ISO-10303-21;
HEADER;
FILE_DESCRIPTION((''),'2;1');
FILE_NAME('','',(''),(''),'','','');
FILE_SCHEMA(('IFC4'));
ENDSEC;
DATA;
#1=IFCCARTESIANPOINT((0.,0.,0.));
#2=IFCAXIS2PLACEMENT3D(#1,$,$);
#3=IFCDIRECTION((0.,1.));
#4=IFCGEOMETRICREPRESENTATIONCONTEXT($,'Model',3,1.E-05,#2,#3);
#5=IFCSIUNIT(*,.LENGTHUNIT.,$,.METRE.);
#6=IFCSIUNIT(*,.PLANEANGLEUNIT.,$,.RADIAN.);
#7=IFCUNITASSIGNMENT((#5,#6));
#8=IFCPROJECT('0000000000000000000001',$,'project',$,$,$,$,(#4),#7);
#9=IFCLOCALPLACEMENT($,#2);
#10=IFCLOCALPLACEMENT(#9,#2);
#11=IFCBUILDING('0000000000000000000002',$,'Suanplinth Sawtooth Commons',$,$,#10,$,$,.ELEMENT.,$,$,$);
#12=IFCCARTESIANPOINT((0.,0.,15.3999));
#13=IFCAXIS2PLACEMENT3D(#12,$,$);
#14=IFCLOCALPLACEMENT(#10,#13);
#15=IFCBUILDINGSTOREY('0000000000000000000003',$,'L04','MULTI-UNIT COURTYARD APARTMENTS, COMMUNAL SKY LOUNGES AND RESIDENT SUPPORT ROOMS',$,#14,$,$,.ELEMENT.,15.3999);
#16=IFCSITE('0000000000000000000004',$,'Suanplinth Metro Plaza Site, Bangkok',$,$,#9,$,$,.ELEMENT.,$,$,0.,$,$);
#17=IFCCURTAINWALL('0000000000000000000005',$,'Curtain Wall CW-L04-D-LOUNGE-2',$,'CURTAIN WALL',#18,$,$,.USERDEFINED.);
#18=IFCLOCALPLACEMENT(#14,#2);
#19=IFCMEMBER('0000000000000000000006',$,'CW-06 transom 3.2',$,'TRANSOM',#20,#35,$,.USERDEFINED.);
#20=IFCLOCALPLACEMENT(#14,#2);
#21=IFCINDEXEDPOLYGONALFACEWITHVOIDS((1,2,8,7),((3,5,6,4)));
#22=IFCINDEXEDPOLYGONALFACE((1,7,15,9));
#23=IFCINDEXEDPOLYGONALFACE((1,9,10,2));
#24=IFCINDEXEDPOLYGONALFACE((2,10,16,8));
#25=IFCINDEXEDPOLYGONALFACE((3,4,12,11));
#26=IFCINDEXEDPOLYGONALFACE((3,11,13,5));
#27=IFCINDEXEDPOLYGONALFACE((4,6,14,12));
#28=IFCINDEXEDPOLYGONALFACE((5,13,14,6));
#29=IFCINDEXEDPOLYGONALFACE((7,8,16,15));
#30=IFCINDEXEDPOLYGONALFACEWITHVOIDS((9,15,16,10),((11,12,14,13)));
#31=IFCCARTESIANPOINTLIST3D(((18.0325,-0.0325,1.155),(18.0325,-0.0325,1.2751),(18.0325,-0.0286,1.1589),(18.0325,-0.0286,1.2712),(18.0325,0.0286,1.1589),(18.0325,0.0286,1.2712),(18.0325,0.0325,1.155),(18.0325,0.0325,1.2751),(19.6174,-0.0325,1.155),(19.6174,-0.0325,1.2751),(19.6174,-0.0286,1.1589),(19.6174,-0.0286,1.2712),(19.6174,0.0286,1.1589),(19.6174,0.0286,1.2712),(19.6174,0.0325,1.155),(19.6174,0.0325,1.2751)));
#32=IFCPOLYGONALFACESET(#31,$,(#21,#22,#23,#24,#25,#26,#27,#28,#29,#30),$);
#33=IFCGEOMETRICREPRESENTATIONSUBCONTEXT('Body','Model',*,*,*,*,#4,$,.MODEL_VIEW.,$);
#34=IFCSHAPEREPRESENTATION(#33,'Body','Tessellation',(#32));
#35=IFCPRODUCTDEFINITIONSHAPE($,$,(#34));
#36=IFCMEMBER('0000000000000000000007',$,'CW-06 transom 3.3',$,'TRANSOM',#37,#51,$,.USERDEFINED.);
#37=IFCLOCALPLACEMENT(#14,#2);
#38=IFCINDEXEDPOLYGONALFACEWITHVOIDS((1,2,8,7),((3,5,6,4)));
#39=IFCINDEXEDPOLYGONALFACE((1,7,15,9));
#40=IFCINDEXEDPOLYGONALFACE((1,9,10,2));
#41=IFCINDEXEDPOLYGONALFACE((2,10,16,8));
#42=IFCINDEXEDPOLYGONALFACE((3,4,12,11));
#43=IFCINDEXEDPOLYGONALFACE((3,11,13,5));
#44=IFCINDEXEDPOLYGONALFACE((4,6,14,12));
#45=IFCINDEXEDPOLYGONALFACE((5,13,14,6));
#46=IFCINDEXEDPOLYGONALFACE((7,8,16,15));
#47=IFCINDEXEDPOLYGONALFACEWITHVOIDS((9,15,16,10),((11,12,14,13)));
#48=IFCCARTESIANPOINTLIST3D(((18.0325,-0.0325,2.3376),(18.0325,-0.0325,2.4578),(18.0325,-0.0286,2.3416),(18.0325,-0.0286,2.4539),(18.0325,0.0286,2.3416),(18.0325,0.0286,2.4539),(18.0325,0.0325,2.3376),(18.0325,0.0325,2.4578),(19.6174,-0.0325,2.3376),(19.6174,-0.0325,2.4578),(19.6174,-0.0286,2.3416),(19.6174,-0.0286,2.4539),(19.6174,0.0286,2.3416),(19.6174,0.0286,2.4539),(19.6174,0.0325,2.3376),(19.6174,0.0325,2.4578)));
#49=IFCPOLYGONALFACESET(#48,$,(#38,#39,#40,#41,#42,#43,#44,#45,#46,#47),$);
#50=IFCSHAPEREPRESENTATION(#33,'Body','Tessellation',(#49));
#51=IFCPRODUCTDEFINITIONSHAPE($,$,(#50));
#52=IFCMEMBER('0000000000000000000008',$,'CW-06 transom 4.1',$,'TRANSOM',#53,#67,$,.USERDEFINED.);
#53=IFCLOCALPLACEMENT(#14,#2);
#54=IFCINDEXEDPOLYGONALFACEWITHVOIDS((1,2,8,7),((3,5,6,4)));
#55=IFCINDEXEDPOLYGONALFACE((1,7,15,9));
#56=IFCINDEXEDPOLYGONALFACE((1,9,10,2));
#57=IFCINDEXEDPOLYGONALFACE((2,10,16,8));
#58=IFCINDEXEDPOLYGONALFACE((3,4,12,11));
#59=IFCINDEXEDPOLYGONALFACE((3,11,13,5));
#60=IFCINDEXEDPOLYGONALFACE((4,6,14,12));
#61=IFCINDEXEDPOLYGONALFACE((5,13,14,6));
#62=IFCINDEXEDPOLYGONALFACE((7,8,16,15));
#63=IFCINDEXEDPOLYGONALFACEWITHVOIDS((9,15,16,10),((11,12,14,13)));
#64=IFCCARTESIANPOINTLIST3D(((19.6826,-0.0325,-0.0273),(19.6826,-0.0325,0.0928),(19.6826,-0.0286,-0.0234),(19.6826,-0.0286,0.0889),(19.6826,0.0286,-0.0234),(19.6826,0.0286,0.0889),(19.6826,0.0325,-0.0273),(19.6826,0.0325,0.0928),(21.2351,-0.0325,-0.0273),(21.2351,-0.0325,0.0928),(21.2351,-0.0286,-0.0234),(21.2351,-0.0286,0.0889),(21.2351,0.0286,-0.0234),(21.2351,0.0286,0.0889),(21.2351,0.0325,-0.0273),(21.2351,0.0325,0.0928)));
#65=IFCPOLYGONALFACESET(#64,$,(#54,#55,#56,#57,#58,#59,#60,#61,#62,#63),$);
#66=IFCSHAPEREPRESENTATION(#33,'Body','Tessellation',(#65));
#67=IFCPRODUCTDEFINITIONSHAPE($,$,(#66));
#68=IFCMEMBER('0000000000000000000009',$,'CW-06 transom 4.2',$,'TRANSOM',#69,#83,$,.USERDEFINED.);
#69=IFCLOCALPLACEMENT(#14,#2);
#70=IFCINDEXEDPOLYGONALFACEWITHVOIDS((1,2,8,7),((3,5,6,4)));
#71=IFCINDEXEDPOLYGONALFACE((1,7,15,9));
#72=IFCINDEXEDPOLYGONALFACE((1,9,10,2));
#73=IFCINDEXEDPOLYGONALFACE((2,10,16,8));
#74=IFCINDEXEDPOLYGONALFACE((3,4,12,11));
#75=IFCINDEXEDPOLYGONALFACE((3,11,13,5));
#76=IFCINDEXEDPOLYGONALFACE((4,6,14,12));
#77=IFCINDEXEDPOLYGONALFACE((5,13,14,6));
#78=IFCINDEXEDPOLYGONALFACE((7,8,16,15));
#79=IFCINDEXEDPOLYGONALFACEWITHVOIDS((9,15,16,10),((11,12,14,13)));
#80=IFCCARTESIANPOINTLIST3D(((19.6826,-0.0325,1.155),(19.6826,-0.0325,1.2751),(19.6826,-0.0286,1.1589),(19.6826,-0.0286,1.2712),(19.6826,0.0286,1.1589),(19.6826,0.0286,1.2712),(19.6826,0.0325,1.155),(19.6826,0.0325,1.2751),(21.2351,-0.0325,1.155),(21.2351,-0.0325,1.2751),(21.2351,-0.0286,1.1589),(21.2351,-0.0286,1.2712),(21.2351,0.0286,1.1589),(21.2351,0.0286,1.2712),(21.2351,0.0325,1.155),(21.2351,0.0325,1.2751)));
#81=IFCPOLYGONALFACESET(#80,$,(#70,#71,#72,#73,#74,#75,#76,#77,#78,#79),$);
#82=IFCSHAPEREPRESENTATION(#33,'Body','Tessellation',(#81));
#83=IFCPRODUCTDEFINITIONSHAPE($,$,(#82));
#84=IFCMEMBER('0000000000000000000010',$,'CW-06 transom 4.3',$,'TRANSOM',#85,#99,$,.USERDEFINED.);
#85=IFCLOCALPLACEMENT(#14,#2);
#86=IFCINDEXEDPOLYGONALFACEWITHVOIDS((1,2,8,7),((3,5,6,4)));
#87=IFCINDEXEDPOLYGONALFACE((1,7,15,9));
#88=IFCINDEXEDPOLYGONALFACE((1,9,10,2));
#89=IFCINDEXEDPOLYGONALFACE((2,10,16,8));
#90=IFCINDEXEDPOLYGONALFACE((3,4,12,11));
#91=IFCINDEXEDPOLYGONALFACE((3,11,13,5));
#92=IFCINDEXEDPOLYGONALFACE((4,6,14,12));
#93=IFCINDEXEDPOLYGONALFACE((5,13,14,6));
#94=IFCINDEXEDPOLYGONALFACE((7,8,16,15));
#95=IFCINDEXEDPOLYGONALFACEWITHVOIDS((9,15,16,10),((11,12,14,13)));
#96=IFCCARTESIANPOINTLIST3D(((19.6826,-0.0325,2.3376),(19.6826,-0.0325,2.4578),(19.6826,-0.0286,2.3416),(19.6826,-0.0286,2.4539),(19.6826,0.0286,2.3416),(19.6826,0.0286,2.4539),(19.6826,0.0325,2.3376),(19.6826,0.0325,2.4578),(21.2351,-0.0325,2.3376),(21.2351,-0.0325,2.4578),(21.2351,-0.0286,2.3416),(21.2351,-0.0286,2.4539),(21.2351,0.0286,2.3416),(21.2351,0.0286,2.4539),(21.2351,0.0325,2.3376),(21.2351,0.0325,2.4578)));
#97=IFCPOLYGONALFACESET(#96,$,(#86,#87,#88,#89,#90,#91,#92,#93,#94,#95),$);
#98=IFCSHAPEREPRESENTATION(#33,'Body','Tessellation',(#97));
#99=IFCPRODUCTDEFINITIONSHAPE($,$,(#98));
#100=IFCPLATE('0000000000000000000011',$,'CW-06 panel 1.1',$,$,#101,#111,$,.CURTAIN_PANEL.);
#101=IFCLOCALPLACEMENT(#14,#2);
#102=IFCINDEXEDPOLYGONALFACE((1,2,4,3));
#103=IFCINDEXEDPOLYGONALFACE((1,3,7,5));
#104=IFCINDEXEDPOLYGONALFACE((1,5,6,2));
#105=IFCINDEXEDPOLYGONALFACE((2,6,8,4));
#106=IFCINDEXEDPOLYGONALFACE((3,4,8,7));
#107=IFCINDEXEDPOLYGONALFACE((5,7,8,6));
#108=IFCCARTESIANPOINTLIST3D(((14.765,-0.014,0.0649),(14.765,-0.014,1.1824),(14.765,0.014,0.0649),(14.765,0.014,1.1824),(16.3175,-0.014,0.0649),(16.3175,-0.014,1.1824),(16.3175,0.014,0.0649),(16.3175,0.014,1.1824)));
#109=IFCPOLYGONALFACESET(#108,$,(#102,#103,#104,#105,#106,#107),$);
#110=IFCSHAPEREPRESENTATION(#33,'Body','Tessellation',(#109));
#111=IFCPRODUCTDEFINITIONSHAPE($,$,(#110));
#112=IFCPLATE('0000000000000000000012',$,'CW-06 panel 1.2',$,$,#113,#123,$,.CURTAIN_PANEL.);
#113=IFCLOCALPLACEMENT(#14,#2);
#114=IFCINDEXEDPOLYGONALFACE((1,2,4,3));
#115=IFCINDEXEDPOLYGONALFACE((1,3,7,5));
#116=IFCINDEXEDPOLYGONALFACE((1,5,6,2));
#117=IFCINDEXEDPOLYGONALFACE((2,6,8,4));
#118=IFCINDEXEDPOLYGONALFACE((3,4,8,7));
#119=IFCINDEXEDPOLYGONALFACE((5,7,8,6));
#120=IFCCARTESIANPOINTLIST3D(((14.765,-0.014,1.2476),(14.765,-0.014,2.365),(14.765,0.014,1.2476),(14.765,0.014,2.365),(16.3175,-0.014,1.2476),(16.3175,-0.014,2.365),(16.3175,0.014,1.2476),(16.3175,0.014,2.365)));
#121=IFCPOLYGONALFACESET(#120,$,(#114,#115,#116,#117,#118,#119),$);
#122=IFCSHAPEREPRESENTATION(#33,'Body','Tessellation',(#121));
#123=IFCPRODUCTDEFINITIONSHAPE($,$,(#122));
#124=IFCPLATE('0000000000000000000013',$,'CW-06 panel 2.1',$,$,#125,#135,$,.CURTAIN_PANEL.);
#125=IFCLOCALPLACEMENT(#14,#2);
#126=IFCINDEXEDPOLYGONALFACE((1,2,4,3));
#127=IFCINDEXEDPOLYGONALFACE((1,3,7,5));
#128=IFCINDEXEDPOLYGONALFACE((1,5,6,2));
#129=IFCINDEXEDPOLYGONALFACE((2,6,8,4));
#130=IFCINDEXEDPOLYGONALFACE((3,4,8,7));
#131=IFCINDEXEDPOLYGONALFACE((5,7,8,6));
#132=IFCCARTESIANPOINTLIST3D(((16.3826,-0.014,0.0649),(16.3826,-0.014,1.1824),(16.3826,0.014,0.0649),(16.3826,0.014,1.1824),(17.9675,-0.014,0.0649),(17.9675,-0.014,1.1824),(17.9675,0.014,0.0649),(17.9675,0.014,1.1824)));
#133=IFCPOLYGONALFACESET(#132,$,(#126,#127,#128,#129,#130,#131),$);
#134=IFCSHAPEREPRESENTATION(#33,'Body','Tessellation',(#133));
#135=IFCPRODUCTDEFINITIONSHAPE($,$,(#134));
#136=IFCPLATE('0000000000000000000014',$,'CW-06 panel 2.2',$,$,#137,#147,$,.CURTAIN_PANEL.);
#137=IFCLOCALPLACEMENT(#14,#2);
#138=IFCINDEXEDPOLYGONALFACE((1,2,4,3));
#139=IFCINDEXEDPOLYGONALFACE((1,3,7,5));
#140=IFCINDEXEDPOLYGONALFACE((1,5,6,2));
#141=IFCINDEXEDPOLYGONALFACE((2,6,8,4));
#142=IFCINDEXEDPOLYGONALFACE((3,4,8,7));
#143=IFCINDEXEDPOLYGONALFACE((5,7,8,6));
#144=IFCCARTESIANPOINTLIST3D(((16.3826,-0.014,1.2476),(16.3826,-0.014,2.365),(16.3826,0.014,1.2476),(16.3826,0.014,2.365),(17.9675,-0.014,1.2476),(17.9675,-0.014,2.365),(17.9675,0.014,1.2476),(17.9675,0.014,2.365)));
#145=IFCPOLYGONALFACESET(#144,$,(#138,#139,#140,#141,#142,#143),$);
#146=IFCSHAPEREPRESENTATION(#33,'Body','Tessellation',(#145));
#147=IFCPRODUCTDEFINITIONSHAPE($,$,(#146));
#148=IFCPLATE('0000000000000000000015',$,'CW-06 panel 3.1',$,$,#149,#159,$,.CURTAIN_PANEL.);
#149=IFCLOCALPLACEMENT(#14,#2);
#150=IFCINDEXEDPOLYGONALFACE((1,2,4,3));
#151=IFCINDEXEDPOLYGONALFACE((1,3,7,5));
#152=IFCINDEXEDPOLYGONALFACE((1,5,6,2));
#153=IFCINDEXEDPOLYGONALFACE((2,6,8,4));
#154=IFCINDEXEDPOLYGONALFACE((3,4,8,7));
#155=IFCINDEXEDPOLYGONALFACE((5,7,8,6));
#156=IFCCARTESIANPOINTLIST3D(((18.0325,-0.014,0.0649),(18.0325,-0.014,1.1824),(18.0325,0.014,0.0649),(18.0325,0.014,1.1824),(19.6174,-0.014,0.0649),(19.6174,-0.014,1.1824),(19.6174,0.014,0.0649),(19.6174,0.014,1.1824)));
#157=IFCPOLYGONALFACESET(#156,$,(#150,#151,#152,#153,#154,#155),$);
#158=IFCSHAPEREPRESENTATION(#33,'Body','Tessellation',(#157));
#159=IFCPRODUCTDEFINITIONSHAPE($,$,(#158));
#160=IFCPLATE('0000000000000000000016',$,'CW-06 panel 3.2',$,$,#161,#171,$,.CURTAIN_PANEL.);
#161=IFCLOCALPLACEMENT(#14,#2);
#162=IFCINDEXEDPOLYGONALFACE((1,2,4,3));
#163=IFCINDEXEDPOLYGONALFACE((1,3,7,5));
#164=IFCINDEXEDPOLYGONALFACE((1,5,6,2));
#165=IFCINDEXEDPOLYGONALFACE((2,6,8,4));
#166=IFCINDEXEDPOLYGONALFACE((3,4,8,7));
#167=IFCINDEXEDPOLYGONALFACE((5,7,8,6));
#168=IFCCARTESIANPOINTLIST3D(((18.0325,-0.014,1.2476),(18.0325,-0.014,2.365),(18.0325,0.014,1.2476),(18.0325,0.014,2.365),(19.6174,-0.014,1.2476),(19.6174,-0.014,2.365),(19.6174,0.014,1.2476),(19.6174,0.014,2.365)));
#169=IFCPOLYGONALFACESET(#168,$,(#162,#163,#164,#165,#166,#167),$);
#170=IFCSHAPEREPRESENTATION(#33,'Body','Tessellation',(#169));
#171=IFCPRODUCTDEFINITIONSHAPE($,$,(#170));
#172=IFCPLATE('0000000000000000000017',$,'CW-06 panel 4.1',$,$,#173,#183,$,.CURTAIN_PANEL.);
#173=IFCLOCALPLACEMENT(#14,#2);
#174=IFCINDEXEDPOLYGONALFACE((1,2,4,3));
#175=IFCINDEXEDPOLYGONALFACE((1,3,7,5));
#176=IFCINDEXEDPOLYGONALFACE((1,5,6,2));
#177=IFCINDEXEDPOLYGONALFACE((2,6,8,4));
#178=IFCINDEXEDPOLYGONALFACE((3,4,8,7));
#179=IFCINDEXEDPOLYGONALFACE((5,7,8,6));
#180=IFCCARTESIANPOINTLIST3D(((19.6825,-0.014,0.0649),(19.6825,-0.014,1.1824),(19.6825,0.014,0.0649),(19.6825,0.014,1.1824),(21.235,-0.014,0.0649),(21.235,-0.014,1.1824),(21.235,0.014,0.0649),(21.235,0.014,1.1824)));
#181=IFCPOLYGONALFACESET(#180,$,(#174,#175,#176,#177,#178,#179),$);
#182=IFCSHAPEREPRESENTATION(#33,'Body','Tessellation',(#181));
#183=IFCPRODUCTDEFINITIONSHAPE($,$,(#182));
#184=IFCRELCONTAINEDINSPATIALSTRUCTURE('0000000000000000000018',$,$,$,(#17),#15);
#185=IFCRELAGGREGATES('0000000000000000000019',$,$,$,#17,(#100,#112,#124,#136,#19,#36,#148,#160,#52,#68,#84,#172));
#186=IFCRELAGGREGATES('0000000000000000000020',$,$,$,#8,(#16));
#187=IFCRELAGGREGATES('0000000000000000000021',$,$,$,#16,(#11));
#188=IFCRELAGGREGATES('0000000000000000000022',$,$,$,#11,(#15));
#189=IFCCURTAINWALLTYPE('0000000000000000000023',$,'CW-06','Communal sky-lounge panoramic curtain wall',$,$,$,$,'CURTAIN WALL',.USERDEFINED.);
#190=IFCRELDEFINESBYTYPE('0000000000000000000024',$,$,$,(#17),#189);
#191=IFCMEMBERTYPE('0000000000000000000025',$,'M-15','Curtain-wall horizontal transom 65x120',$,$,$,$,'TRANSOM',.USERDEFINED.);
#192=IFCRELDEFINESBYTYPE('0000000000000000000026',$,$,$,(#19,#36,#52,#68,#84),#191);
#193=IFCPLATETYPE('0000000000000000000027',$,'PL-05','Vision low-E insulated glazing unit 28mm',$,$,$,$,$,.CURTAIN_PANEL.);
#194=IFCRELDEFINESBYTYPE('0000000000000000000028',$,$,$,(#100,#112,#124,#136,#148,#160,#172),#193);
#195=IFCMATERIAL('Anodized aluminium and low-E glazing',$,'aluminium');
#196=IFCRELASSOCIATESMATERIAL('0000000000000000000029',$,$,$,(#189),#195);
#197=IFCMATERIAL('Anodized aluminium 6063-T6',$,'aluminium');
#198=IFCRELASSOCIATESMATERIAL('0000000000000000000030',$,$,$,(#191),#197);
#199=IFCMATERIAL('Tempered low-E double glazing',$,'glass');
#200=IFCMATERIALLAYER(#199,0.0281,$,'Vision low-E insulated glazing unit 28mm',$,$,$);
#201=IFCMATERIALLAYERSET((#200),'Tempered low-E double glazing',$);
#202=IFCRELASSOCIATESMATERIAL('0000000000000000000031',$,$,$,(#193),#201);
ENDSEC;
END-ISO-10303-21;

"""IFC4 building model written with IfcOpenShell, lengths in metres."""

from ifc_helpers import new_model, si_unit, direction, frame, origin, origin_2d, place, context, subcontext, project, spatial, rectangle, hollow_rectangle, extrude, material, layer, layer_set, material_profile, profile_set, type_object, element, aggregate, save


model = new_model("IFC4")

# Units and contexts
model_context = context("Model", 3, precision=1e-05, world=origin(), true_north=direction((0.0, 1.0)))
body_context = subcontext(model_context, "Body", "Model", "MODEL_VIEW")
ifc_project = project(units=[si_unit("LENGTHUNIT", "METRE"), si_unit("PLANEANGLEUNIT", "RADIAN")], contexts=[model_context])

# Site, building, storey
site_placement = place(None, origin())
site = spatial("IfcSite", under=ifc_project, at=site_placement, Name="Suanplinth Metro Plaza Site, Bangkok", CompositionType="ELEMENT", RefElevation=0.0)
building_placement = place(site_placement, origin())
building = spatial("IfcBuilding", under=site, at=building_placement, Name="Suanplinth Sawtooth Commons", CompositionType="ELEMENT")
storey_placement = place(building_placement, frame((0.0, 0.0, 15.3999)))
storey = spatial("IfcBuildingStorey", under=building, at=storey_placement, Name="L04", Description="MULTI-UNIT COURTYARD APARTMENTS, COMMUNAL SKY LOUNGES AND RESIDENT SUPPORT ROOMS", CompositionType="ELEMENT", Elevation=15.3999)

# Curtain wall, members, plates
ifc_material_1 = material(Name="Anodized aluminium and low-E glazing", Category="aluminium")
curtain_wall_type = type_object("IfcCurtainWallType", Name="CW-06", Description="Communal sky-lounge panoramic curtain wall", ElementType="CURTAIN WALL", PredefinedType="USERDEFINED", material=ifc_material_1)
curtain_wall_placement = place(storey_placement, origin())
curtain_wall = element("IfcCurtainWall", 1, at=curtain_wall_placement, inside=storey, type_object=curtain_wall_type, Name="Curtain Wall CW-L04-D-LOUNGE-2", ObjectType="CURTAIN WALL", PredefinedType="USERDEFINED")
ifc_material_2 = material(Name="Anodized aluminium 6063-T6", Category="aluminium")
ifc_material_profile_1 = material_profile(ifc_material_2, hollow_rectangle(XDim=0.0649, YDim=0.1201, WallThickness=0.0039, at=origin_2d()), Name="ALU-TRN 65x120")
ifc_profile_set_1 = profile_set([ifc_material_profile_1], Name="Anodized aluminium 6063-T6")
member_type_1 = type_object("IfcMemberType", Name="M-15", Description="Curtain-wall horizontal transom 65x120", ElementType="TRANSOM", PredefinedType="USERDEFINED", material=ifc_profile_set_1)
member_1_placement = place(storey_placement, frame((18.0325, 0.0, 1.2151), z_axis=(1.0, 0.0, 0.0), x_axis=(0.0, 1.0, 0.0)))
member_1 = element("IfcMember", 2, at=member_1_placement, type_object=member_type_1, Name="CW-06 transom 3.2", ObjectType="TRANSOM", PredefinedType="USERDEFINED", context=body_context, shape_type="SweptSolid", body=[
    extrude(hollow_rectangle(XDim=0.0649, YDim=0.1201, WallThickness=0.0039, at=origin_2d()), origin(), (0.0, 0.0, 1.0), 1.585),
])
member_2_placement = place(storey_placement, frame((18.0325, 0.0, 2.3977), z_axis=(1.0, 0.0, 0.0), x_axis=(0.0, 1.0, 0.0)))
member_2 = element("IfcMember", 3, at=member_2_placement, type_object=member_type_1, Name="CW-06 transom 3.3", ObjectType="TRANSOM", PredefinedType="USERDEFINED", context=body_context, shape_type="SweptSolid", body=[
    extrude(hollow_rectangle(XDim=0.0649, YDim=0.1201, WallThickness=0.0039, at=origin_2d()), origin(), (0.0, 0.0, 1.0), 1.585),
])
member_3_placement = place(storey_placement, frame((19.6826, 0.0, 0.0327), z_axis=(1.0, 0.0, 0.0), x_axis=(0.0, 1.0, 0.0)))
member_3 = element("IfcMember", 4, at=member_3_placement, type_object=member_type_1, Name="CW-06 transom 4.1", ObjectType="TRANSOM", PredefinedType="USERDEFINED", context=body_context, shape_type="SweptSolid", body=[
    extrude(hollow_rectangle(XDim=0.0649, YDim=0.1201, WallThickness=0.0039, at=origin_2d()), origin(), (0.0, 0.0, 1.0), 1.5525),
])
member_4_placement = place(storey_placement, frame((19.6826, 0.0, 1.2151), z_axis=(1.0, 0.0, 0.0), x_axis=(0.0, 1.0, 0.0)))
member_4 = element("IfcMember", 5, at=member_4_placement, type_object=member_type_1, Name="CW-06 transom 4.2", ObjectType="TRANSOM", PredefinedType="USERDEFINED", context=body_context, shape_type="SweptSolid", body=[
    extrude(hollow_rectangle(XDim=0.0649, YDim=0.1201, WallThickness=0.0039, at=origin_2d()), origin(), (0.0, 0.0, 1.0), 1.5525),
])
member_5_placement = place(storey_placement, frame((19.6826, 0.0, 2.3977), z_axis=(1.0, 0.0, 0.0), x_axis=(0.0, 1.0, 0.0)))
member_5 = element("IfcMember", 6, at=member_5_placement, type_object=member_type_1, Name="CW-06 transom 4.3", ObjectType="TRANSOM", PredefinedType="USERDEFINED", context=body_context, shape_type="SweptSolid", body=[
    extrude(hollow_rectangle(XDim=0.0649, YDim=0.1201, WallThickness=0.0039, at=origin_2d()), origin(), (0.0, 0.0, 1.0), 1.5525),
])
ifc_material_3 = material(Name="Tempered low-E double glazing", Category="glass")
ifc_layer_1 = layer(ifc_material_3, 0.0281, Name="Vision low-E insulated glazing unit 28mm")
ifc_layer_set_1 = layer_set([ifc_layer_1], Name="Tempered low-E double glazing")
plate_type = type_object("IfcPlateType", Name="PL-05", Description="Vision low-E insulated glazing unit 28mm", PredefinedType="CURTAIN_PANEL", material=ifc_layer_set_1)
plate_1_placement = place(storey_placement, frame((15.5413, 0.0, 0.0649), z_axis=(0.0, 0.0, 1.0), x_axis=(1.0, 0.0, 0.0)))
plate_1 = element("IfcPlate", 7, at=plate_1_placement, type_object=plate_type, Name="CW-06 panel 1.1", PredefinedType="CURTAIN_PANEL", context=body_context, shape_type="SweptSolid", body=[
    extrude(rectangle(XDim=1.5525, YDim=0.0281, at=origin_2d()), origin(), (0.0, 0.0, 1.0), 1.1174),
])
plate_2_placement = place(storey_placement, frame((15.5413, 0.0, 1.2476), z_axis=(0.0, 0.0, 1.0), x_axis=(1.0, 0.0, 0.0)))
plate_2 = element("IfcPlate", 8, at=plate_2_placement, type_object=plate_type, Name="CW-06 panel 1.2", PredefinedType="CURTAIN_PANEL", context=body_context, shape_type="SweptSolid", body=[
    extrude(rectangle(XDim=1.5525, YDim=0.0281, at=origin_2d()), origin(), (0.0, 0.0, 1.0), 1.1174),
])
plate_3_placement = place(storey_placement, frame((17.175, 0.0, 0.0649), z_axis=(0.0, 0.0, 1.0), x_axis=(1.0, 0.0, 0.0)))
plate_3 = element("IfcPlate", 9, at=plate_3_placement, type_object=plate_type, Name="CW-06 panel 2.1", PredefinedType="CURTAIN_PANEL", context=body_context, shape_type="SweptSolid", body=[
    extrude(rectangle(XDim=1.585, YDim=0.0281, at=origin_2d()), origin(), (0.0, 0.0, 1.0), 1.1174),
])
plate_4_placement = place(storey_placement, frame((17.175, 0.0, 1.2476), z_axis=(0.0, 0.0, 1.0), x_axis=(1.0, 0.0, 0.0)))
plate_4 = element("IfcPlate", 10, at=plate_4_placement, type_object=plate_type, Name="CW-06 panel 2.2", PredefinedType="CURTAIN_PANEL", context=body_context, shape_type="SweptSolid", body=[
    extrude(rectangle(XDim=1.585, YDim=0.0281, at=origin_2d()), origin(), (0.0, 0.0, 1.0), 1.1174),
])
plate_5_placement = place(storey_placement, frame((18.825, 0.0, 0.0649), z_axis=(0.0, 0.0, 1.0), x_axis=(1.0, 0.0, 0.0)))
plate_5 = element("IfcPlate", 11, at=plate_5_placement, type_object=plate_type, Name="CW-06 panel 3.1", PredefinedType="CURTAIN_PANEL", context=body_context, shape_type="SweptSolid", body=[
    extrude(rectangle(XDim=1.585, YDim=0.0281, at=origin_2d()), origin(), (0.0, 0.0, 1.0), 1.1174),
])
plate_6_placement = place(storey_placement, frame((18.825, 0.0, 1.2476), z_axis=(0.0, 0.0, 1.0), x_axis=(1.0, 0.0, 0.0)))
plate_6 = element("IfcPlate", 12, at=plate_6_placement, type_object=plate_type, Name="CW-06 panel 3.2", PredefinedType="CURTAIN_PANEL", context=body_context, shape_type="SweptSolid", body=[
    extrude(rectangle(XDim=1.585, YDim=0.0281, at=origin_2d()), origin(), (0.0, 0.0, 1.0), 1.1174),
])
plate_7_placement = place(storey_placement, frame((20.4587, 0.0, 0.0649), z_axis=(0.0, 0.0, 1.0), x_axis=(1.0, 0.0, 0.0)))
plate_7 = element("IfcPlate", 13, at=plate_7_placement, type_object=plate_type, Name="CW-06 panel 4.1", PredefinedType="CURTAIN_PANEL", context=body_context, shape_type="SweptSolid", body=[
    extrude(rectangle(XDim=1.5525, YDim=0.0281, at=origin_2d()), origin(), (0.0, 0.0, 1.0), 1.1174),
])
aggregate(curtain_wall, [plate_1, plate_2, plate_3, plate_4, member_1, member_2, plate_5, plate_6, member_3, member_4, member_5, plate_7])

save(model, "model.ifc")
